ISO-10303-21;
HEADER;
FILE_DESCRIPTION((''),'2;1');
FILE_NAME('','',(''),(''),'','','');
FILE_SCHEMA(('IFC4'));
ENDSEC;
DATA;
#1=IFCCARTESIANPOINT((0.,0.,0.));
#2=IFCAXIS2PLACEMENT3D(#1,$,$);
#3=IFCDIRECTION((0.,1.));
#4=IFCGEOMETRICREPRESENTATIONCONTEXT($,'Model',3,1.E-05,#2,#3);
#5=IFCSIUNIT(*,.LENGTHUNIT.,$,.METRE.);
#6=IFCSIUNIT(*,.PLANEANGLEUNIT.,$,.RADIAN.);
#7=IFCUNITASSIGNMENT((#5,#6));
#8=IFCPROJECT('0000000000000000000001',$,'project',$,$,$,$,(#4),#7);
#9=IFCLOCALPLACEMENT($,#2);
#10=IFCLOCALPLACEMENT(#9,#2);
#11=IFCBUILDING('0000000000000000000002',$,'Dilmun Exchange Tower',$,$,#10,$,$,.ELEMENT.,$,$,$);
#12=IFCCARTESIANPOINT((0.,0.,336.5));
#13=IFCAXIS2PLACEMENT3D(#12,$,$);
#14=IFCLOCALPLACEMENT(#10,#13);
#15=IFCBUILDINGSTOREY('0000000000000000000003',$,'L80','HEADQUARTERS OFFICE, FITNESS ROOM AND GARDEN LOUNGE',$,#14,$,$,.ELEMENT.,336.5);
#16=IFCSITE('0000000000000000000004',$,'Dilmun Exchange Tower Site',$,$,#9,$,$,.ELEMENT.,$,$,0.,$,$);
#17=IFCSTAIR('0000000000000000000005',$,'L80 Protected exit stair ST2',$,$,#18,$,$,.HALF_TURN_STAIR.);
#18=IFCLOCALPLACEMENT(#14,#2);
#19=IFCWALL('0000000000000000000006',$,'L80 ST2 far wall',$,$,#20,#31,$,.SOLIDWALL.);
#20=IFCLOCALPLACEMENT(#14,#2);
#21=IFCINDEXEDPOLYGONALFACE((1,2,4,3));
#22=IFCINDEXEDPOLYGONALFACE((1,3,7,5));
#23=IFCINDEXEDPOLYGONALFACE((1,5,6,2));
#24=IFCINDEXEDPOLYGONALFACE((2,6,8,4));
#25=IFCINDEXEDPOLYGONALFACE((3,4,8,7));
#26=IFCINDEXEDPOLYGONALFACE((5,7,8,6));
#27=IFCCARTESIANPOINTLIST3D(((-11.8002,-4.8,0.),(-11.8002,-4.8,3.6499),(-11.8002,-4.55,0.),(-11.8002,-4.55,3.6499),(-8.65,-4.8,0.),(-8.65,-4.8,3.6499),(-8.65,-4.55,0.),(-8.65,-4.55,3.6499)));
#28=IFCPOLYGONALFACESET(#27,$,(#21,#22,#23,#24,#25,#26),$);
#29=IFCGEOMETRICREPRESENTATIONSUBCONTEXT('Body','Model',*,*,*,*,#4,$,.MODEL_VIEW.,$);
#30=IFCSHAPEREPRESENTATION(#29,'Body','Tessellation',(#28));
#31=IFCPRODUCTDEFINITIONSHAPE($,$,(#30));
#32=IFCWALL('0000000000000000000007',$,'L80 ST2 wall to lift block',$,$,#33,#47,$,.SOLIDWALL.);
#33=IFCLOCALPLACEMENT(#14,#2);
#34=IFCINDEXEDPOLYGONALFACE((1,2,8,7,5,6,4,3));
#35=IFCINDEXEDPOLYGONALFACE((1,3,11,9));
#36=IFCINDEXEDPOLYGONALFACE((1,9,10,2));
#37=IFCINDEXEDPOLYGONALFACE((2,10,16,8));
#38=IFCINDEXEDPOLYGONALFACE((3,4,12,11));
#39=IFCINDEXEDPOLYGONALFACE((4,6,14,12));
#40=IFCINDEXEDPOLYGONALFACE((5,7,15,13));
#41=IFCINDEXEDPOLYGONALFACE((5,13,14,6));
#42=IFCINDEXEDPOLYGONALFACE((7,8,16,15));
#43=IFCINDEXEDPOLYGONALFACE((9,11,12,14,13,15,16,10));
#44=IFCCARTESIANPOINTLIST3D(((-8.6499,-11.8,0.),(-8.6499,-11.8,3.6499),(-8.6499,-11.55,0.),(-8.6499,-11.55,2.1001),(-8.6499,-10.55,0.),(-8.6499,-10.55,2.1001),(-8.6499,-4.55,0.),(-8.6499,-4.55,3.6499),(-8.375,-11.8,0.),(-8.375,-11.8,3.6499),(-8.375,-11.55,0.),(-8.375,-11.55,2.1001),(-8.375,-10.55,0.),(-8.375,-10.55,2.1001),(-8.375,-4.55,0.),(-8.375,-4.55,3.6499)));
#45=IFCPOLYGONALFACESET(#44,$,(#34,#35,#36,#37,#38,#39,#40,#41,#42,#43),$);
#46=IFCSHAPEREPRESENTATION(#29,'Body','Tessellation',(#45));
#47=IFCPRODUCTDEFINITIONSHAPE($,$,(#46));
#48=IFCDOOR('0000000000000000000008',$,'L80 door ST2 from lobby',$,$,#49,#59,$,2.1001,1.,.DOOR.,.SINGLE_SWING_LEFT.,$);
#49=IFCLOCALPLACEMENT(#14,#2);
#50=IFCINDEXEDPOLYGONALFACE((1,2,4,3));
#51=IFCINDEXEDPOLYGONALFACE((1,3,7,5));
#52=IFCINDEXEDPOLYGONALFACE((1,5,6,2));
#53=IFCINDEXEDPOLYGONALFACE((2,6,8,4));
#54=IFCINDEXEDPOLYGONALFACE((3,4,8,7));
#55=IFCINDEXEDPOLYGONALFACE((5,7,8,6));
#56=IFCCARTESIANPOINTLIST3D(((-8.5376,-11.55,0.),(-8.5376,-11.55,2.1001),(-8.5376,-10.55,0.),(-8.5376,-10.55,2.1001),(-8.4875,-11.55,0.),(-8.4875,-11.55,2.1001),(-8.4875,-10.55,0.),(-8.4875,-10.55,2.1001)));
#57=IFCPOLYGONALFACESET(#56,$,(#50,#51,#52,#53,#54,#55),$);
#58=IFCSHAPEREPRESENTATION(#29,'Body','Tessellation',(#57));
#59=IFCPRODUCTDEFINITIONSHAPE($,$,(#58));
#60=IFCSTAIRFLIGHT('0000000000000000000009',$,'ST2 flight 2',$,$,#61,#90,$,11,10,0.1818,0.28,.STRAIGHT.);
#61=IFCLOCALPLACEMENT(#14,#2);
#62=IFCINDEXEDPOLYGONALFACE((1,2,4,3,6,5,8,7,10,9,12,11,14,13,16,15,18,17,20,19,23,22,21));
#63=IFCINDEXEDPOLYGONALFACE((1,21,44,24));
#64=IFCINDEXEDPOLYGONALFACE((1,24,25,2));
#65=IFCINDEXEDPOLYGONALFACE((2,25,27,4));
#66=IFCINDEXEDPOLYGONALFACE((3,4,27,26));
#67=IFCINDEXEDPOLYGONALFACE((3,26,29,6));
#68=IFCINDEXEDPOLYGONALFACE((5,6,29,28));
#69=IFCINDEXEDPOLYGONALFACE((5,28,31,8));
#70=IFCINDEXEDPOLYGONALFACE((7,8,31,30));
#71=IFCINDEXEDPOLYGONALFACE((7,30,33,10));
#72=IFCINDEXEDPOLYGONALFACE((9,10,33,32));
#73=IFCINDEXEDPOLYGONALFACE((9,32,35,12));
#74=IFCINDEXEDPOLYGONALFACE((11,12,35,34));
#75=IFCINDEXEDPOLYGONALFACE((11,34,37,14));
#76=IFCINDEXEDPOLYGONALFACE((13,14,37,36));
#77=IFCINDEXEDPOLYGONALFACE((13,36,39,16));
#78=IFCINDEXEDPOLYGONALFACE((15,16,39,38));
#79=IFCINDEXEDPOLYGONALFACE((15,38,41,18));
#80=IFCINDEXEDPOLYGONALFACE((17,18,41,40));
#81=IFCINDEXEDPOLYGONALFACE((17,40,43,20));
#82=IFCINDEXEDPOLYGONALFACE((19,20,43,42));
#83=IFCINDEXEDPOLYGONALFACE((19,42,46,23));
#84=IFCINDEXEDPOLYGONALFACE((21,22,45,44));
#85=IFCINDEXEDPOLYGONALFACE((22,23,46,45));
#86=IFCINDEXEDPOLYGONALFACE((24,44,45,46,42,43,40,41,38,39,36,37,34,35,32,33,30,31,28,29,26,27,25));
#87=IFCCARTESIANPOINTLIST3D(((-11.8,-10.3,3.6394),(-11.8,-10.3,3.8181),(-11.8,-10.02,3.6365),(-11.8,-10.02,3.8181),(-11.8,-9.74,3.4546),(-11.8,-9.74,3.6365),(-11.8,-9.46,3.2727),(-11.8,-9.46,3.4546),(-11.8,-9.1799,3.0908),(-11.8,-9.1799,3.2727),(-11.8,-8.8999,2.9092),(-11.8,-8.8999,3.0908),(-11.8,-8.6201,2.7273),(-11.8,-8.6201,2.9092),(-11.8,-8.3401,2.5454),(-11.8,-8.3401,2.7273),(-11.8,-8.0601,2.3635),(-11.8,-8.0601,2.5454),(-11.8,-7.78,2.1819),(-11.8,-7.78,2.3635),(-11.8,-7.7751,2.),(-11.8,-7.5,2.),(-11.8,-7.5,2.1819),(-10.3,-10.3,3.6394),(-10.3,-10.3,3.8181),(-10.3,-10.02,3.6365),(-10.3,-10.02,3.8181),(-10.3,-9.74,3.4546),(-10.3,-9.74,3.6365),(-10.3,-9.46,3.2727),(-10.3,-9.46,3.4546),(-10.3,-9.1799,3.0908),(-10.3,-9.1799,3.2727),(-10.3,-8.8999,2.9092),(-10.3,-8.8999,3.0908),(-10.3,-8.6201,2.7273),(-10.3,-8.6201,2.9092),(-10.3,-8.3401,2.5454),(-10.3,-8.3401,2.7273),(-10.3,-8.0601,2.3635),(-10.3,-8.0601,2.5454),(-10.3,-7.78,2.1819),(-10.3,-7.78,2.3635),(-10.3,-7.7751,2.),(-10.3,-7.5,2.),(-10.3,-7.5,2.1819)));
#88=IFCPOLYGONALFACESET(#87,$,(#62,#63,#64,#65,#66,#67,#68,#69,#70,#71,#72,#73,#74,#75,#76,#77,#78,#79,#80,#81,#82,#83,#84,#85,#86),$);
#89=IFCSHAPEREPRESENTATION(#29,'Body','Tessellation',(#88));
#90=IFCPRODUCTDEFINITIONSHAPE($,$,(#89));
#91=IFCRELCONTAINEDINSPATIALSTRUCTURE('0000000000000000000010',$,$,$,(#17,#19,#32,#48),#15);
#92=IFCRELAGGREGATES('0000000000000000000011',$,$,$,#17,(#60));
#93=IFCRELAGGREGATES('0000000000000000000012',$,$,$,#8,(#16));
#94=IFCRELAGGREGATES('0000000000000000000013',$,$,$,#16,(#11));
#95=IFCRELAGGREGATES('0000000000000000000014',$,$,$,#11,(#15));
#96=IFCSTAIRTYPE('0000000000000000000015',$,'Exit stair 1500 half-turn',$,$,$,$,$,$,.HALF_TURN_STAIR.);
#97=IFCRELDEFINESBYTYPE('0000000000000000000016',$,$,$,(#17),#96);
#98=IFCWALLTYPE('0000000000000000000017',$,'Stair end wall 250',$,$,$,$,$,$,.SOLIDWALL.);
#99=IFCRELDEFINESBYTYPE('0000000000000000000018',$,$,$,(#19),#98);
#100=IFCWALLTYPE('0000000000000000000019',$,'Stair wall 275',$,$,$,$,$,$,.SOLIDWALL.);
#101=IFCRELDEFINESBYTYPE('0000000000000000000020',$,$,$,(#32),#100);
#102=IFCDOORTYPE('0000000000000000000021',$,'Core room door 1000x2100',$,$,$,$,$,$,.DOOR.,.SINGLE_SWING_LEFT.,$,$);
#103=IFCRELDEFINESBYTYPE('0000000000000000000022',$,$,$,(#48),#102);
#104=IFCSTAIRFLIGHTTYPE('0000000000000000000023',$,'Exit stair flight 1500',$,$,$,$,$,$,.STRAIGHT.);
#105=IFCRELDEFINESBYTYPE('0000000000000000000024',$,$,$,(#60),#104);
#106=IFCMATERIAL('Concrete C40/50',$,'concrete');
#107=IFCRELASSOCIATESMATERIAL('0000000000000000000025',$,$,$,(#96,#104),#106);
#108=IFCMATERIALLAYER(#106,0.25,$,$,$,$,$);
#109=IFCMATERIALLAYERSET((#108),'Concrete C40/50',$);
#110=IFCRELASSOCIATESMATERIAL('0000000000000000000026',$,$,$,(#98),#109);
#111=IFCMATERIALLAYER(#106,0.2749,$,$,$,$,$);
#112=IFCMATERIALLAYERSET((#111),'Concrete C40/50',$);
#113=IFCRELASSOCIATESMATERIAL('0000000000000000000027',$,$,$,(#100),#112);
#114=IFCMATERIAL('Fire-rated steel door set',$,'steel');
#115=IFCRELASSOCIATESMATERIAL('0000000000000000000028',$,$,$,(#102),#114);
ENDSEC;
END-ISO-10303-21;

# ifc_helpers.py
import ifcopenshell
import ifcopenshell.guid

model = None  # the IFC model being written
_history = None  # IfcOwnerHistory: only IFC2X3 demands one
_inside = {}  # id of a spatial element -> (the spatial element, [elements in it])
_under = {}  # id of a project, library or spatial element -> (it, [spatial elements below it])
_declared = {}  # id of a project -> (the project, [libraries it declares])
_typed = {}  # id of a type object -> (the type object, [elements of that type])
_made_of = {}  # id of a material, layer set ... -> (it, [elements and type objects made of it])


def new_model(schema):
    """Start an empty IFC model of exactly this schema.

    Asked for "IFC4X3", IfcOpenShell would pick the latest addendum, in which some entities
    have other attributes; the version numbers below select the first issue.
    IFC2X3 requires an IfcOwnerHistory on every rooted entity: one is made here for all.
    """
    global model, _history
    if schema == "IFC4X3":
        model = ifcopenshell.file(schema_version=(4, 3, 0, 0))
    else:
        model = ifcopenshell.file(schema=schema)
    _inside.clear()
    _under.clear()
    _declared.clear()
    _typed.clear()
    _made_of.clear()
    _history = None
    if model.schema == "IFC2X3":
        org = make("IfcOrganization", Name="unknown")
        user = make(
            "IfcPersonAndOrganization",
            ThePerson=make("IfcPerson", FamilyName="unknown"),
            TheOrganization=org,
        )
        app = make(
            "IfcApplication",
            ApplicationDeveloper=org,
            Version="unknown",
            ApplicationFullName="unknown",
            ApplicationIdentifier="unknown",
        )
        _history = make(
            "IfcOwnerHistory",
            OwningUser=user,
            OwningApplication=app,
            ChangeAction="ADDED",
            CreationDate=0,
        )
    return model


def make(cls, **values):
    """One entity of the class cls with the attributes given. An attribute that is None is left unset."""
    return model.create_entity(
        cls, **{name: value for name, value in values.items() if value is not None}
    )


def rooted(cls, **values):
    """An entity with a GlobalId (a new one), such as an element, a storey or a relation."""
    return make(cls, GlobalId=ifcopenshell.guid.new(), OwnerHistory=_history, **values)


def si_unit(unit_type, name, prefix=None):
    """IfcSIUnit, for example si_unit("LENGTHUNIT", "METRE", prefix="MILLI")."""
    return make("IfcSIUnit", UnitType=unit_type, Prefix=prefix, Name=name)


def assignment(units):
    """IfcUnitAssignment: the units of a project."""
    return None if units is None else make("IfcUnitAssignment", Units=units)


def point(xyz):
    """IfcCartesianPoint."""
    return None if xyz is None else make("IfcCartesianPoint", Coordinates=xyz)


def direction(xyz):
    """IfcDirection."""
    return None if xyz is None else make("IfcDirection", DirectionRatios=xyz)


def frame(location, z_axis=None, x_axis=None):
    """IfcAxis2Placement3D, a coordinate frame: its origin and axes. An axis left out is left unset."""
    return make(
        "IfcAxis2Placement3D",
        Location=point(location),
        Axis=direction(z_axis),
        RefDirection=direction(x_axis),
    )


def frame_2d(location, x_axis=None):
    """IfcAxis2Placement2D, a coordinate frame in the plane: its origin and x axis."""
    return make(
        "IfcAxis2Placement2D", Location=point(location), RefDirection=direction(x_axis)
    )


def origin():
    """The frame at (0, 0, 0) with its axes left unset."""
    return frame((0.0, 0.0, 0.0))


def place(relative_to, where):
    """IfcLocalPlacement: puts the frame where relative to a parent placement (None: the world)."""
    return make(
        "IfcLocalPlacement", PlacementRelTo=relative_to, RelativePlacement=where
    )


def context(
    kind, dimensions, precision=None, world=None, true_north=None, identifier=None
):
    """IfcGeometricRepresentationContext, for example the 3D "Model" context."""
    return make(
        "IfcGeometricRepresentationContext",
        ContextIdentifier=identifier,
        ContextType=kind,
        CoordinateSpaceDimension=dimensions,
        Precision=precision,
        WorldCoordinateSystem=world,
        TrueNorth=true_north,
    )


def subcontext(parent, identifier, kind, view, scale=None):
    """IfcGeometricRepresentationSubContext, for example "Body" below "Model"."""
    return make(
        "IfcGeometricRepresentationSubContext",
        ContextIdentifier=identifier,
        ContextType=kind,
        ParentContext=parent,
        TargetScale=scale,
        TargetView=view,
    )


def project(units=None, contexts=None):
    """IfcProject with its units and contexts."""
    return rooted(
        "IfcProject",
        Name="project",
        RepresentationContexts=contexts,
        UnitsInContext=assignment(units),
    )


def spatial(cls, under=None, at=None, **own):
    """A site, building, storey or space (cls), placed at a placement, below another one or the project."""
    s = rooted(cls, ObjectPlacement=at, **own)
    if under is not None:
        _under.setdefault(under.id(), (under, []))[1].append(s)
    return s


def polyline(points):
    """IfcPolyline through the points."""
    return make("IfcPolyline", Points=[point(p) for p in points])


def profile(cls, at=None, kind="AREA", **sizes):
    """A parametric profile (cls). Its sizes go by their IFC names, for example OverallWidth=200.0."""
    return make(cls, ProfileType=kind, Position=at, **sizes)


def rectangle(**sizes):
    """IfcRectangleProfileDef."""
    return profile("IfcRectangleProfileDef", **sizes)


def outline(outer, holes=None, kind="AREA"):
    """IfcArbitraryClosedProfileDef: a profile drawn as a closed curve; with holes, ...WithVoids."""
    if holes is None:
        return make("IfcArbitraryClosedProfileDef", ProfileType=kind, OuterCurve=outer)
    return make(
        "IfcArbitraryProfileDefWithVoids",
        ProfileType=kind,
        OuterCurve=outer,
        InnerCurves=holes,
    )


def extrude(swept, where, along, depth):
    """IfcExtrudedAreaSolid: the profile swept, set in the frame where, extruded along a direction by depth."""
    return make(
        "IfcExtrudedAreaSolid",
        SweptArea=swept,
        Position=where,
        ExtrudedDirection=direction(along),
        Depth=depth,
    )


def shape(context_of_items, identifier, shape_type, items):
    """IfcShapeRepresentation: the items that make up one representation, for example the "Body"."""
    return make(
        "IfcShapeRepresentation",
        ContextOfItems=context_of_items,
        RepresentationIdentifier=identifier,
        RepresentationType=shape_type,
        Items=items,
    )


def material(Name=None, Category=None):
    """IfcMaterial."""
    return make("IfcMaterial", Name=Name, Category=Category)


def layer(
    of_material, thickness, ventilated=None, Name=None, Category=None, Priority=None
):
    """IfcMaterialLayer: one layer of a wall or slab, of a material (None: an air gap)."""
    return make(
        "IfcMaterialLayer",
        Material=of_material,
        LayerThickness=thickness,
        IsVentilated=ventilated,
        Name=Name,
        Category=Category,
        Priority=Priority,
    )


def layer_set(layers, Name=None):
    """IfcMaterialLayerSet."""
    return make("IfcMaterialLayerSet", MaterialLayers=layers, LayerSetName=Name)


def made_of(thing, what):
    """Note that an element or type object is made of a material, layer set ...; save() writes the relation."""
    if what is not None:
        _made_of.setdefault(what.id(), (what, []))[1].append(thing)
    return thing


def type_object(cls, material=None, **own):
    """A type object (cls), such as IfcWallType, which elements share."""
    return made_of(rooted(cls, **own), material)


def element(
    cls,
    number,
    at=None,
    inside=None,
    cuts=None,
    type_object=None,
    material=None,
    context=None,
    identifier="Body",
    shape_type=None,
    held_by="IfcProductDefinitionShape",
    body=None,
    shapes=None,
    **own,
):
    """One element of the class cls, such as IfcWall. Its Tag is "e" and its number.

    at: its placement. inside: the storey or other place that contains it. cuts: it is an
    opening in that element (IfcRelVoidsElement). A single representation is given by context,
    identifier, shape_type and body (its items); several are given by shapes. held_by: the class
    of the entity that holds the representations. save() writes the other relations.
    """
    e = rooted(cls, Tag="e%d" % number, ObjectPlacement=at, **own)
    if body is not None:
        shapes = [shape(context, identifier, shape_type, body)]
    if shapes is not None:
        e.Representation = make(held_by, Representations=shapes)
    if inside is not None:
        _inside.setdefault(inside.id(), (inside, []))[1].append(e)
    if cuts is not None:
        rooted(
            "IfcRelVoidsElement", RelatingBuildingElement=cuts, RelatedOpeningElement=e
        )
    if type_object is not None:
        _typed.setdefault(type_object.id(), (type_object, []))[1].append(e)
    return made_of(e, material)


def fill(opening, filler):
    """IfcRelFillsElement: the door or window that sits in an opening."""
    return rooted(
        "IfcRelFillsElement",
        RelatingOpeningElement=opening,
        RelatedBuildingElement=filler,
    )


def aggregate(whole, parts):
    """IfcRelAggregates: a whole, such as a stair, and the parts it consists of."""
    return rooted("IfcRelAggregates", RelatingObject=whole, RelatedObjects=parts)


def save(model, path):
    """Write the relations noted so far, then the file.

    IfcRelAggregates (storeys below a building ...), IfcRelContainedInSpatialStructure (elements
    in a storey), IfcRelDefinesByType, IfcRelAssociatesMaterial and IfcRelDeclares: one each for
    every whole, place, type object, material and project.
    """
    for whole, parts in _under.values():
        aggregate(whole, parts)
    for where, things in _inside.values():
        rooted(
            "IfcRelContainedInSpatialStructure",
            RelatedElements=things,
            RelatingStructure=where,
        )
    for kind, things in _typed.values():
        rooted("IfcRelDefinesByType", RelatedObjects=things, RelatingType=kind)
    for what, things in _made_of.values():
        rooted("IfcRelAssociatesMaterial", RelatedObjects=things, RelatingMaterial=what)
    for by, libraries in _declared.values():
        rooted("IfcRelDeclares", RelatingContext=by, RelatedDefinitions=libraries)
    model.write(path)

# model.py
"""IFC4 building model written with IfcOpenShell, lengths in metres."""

from ifc_helpers import new_model, si_unit, direction, frame, frame_2d, origin, place, context, subcontext, project, spatial, polyline, rectangle, outline, extrude, material, layer, layer_set, type_object, element, fill, aggregate, save


model = new_model("IFC4")

# Units and contexts
model_context = context("Model", 3, precision=1e-05, world=origin(), true_north=direction((0.0, 1.0)))
body_context = subcontext(model_context, "Body", "Model", "MODEL_VIEW")
ifc_project = project(units=[si_unit("LENGTHUNIT", "METRE"), si_unit("PLANEANGLEUNIT", "RADIAN")], contexts=[model_context])

# Site, building, storey
site_placement = place(None, origin())
site = spatial("IfcSite", under=ifc_project, at=site_placement, Name="Dilmun Exchange Tower Site", CompositionType="ELEMENT", RefElevation=0.0)
building_placement = place(site_placement, origin())
building = spatial("IfcBuilding", under=site, at=building_placement, Name="Dilmun Exchange Tower", CompositionType="ELEMENT")
storey_placement = place(building_placement, frame((0.0, 0.0, 336.5)))
storey = spatial("IfcBuildingStorey", under=building, at=storey_placement, Name="L80", Description="HEADQUARTERS OFFICE, FITNESS ROOM AND GARDEN LOUNGE", CompositionType="ELEMENT", Elevation=336.5)

# Stair
ifc_material_1 = material(Name="Concrete C40/50", Category="concrete")
stair_type = type_object("IfcStairType", Name="Exit stair 1500 half-turn", PredefinedType="HALF_TURN_STAIR", material=ifc_material_1)
stair_1_placement = place(storey_placement, origin())
stair_1 = element("IfcStair", 1, at=stair_1_placement, inside=storey, type_object=stair_type, Name="L80 Protected exit stair ST2", PredefinedType="HALF_TURN_STAIR")

# Shared definitions
ifc_material_2 = material(Name="Fire-rated steel door set", Category="steel")

# Wall
ifc_layer_1 = layer(ifc_material_1, 0.25)
ifc_layer_set_1 = layer_set([ifc_layer_1], Name="Concrete C40/50")
wall_type_1 = type_object("IfcWallType", Name="Stair end wall 250", PredefinedType="SOLIDWALL", material=ifc_layer_set_1)
wall_1_placement = place(storey_placement, frame((-8.6499, -4.675, 0.0), z_axis=(0.0, 0.0, 1.0), x_axis=(-1.0, 0.0, 0.0)))
element("IfcWall", 2, at=wall_1_placement, inside=storey, type_object=wall_type_1, Name="L80 ST2 far wall", PredefinedType="SOLIDWALL", context=body_context, shape_type="SweptSolid", body=[
    extrude(rectangle(XDim=3.1501, YDim=0.25, at=frame_2d((1.5752, 0.0))), origin(), (0.0, 0.0, 1.0), 3.6499),
])

# Wall, opening, door
ifc_layer_2 = layer(ifc_material_1, 0.2749)
ifc_layer_set_2 = layer_set([ifc_layer_2], Name="Concrete C40/50")
wall_type_2 = type_object("IfcWallType", Name="Stair wall 275", PredefinedType="SOLIDWALL", material=ifc_layer_set_2)
wall_2_placement = place(storey_placement, frame((-8.5125, -4.55, 0.0), z_axis=(0.0, 0.0, 1.0), x_axis=(0.0, -1.0, 0.0)))
wall_2 = element("IfcWall", 3, at=wall_2_placement, inside=storey, type_object=wall_type_2, Name="L80 ST2 wall to lift block", PredefinedType="SOLIDWALL", context=body_context, shape_type="SweptSolid", body=[
    extrude(rectangle(XDim=7.25, YDim=0.2749, at=frame_2d((3.625, 0.0))), origin(), (0.0, 0.0, 1.0), 3.6499),
])
opening_1_placement = place(wall_2_placement, frame((6.0, 0.0, 0.0)))
opening_1 = element("IfcOpeningElement", 4, at=opening_1_placement, cuts=wall_2, PredefinedType="OPENING", context=body_context, shape_type="SweptSolid", body=[
    extrude(rectangle(XDim=1.0, YDim=2.1001, at=frame_2d((0.5, 1.05))), frame((0.0, 0.1475, 0.0), z_axis=(0.0, -1.0, 0.0), x_axis=(1.0, 0.0, 0.0)), (0.0, 0.0, 1.0), 0.2949),
])
door_type_1 = type_object("IfcDoorType", Name="Core room door 1000x2100", OperationType="SINGLE_SWING_LEFT", PredefinedType="DOOR", material=ifc_material_2)
door_1_placement = place(opening_1_placement, origin())
door_1 = element("IfcDoor", 5, at=door_1_placement, inside=storey, type_object=door_type_1, Name="L80 door ST2 from lobby", OperationType="SINGLE_SWING_LEFT", OverallHeight=2.1001, OverallWidth=1.0, PredefinedType="DOOR", context=body_context, shape_type="SweptSolid", body=[
    extrude(rectangle(XDim=1.0, YDim=2.1001, at=frame_2d((0.5, 1.05))), frame((0.0, 0.0249, 0.0), z_axis=(0.0, -1.0, 0.0), x_axis=(1.0, 0.0, 0.0)), (0.0, 0.0, 1.0), 0.05),
])
fill(opening_1, door_1)

# Stair flight
stair_flight_type = type_object("IfcStairFlightType", Name="Exit stair flight 1500", PredefinedType="STRAIGHT", material=ifc_material_1)
stair_flight_placement = place(storey_placement, frame((-11.05, -7.5, 2.0), z_axis=(0.0, 0.0, 1.0), x_axis=(0.0, -1.0, 0.0)))
stair_flight = element("IfcStairFlight", 6, at=stair_flight_placement, type_object=stair_flight_type, Name="ST2 flight 2", NumberOfRisers=11, NumberOfTreads=10, PredefinedType="STRAIGHT", RiserHeight=0.1818, TreadLength=0.28, context=body_context, shape_type="SweptSolid", body=[
    extrude(outline(polyline([(0.0, 0.0), (0.0, 0.1819), (0.28, 0.1819), (0.28, 0.3635), (0.5601, 0.3635), (0.5601, 0.5454), (0.8401, 0.5454), (0.8401, 0.7273), (1.1201, 0.7273), (1.1201, 0.9092), (1.3999, 0.9092), (1.3999, 1.0908), (1.6799, 1.0908), (1.6799, 1.2727), (1.96, 1.2727), (1.96, 1.4546), (2.24, 1.4546), (2.24, 1.6365), (2.52, 1.6365), (2.52, 1.8181), (2.8, 1.8181), (2.8, 2.0), (2.8, 1.6394), (0.2751, 0.0), (0.0, 0.0)])), frame((0.0, 0.75, 0.0), z_axis=(0.0, -1.0, 0.0), x_axis=(1.0, 0.0, 0.0)), (0.0, 0.0, 1.0), 1.5),
])
aggregate(stair_1, [stair_flight])

save(model, "model.ifc")
